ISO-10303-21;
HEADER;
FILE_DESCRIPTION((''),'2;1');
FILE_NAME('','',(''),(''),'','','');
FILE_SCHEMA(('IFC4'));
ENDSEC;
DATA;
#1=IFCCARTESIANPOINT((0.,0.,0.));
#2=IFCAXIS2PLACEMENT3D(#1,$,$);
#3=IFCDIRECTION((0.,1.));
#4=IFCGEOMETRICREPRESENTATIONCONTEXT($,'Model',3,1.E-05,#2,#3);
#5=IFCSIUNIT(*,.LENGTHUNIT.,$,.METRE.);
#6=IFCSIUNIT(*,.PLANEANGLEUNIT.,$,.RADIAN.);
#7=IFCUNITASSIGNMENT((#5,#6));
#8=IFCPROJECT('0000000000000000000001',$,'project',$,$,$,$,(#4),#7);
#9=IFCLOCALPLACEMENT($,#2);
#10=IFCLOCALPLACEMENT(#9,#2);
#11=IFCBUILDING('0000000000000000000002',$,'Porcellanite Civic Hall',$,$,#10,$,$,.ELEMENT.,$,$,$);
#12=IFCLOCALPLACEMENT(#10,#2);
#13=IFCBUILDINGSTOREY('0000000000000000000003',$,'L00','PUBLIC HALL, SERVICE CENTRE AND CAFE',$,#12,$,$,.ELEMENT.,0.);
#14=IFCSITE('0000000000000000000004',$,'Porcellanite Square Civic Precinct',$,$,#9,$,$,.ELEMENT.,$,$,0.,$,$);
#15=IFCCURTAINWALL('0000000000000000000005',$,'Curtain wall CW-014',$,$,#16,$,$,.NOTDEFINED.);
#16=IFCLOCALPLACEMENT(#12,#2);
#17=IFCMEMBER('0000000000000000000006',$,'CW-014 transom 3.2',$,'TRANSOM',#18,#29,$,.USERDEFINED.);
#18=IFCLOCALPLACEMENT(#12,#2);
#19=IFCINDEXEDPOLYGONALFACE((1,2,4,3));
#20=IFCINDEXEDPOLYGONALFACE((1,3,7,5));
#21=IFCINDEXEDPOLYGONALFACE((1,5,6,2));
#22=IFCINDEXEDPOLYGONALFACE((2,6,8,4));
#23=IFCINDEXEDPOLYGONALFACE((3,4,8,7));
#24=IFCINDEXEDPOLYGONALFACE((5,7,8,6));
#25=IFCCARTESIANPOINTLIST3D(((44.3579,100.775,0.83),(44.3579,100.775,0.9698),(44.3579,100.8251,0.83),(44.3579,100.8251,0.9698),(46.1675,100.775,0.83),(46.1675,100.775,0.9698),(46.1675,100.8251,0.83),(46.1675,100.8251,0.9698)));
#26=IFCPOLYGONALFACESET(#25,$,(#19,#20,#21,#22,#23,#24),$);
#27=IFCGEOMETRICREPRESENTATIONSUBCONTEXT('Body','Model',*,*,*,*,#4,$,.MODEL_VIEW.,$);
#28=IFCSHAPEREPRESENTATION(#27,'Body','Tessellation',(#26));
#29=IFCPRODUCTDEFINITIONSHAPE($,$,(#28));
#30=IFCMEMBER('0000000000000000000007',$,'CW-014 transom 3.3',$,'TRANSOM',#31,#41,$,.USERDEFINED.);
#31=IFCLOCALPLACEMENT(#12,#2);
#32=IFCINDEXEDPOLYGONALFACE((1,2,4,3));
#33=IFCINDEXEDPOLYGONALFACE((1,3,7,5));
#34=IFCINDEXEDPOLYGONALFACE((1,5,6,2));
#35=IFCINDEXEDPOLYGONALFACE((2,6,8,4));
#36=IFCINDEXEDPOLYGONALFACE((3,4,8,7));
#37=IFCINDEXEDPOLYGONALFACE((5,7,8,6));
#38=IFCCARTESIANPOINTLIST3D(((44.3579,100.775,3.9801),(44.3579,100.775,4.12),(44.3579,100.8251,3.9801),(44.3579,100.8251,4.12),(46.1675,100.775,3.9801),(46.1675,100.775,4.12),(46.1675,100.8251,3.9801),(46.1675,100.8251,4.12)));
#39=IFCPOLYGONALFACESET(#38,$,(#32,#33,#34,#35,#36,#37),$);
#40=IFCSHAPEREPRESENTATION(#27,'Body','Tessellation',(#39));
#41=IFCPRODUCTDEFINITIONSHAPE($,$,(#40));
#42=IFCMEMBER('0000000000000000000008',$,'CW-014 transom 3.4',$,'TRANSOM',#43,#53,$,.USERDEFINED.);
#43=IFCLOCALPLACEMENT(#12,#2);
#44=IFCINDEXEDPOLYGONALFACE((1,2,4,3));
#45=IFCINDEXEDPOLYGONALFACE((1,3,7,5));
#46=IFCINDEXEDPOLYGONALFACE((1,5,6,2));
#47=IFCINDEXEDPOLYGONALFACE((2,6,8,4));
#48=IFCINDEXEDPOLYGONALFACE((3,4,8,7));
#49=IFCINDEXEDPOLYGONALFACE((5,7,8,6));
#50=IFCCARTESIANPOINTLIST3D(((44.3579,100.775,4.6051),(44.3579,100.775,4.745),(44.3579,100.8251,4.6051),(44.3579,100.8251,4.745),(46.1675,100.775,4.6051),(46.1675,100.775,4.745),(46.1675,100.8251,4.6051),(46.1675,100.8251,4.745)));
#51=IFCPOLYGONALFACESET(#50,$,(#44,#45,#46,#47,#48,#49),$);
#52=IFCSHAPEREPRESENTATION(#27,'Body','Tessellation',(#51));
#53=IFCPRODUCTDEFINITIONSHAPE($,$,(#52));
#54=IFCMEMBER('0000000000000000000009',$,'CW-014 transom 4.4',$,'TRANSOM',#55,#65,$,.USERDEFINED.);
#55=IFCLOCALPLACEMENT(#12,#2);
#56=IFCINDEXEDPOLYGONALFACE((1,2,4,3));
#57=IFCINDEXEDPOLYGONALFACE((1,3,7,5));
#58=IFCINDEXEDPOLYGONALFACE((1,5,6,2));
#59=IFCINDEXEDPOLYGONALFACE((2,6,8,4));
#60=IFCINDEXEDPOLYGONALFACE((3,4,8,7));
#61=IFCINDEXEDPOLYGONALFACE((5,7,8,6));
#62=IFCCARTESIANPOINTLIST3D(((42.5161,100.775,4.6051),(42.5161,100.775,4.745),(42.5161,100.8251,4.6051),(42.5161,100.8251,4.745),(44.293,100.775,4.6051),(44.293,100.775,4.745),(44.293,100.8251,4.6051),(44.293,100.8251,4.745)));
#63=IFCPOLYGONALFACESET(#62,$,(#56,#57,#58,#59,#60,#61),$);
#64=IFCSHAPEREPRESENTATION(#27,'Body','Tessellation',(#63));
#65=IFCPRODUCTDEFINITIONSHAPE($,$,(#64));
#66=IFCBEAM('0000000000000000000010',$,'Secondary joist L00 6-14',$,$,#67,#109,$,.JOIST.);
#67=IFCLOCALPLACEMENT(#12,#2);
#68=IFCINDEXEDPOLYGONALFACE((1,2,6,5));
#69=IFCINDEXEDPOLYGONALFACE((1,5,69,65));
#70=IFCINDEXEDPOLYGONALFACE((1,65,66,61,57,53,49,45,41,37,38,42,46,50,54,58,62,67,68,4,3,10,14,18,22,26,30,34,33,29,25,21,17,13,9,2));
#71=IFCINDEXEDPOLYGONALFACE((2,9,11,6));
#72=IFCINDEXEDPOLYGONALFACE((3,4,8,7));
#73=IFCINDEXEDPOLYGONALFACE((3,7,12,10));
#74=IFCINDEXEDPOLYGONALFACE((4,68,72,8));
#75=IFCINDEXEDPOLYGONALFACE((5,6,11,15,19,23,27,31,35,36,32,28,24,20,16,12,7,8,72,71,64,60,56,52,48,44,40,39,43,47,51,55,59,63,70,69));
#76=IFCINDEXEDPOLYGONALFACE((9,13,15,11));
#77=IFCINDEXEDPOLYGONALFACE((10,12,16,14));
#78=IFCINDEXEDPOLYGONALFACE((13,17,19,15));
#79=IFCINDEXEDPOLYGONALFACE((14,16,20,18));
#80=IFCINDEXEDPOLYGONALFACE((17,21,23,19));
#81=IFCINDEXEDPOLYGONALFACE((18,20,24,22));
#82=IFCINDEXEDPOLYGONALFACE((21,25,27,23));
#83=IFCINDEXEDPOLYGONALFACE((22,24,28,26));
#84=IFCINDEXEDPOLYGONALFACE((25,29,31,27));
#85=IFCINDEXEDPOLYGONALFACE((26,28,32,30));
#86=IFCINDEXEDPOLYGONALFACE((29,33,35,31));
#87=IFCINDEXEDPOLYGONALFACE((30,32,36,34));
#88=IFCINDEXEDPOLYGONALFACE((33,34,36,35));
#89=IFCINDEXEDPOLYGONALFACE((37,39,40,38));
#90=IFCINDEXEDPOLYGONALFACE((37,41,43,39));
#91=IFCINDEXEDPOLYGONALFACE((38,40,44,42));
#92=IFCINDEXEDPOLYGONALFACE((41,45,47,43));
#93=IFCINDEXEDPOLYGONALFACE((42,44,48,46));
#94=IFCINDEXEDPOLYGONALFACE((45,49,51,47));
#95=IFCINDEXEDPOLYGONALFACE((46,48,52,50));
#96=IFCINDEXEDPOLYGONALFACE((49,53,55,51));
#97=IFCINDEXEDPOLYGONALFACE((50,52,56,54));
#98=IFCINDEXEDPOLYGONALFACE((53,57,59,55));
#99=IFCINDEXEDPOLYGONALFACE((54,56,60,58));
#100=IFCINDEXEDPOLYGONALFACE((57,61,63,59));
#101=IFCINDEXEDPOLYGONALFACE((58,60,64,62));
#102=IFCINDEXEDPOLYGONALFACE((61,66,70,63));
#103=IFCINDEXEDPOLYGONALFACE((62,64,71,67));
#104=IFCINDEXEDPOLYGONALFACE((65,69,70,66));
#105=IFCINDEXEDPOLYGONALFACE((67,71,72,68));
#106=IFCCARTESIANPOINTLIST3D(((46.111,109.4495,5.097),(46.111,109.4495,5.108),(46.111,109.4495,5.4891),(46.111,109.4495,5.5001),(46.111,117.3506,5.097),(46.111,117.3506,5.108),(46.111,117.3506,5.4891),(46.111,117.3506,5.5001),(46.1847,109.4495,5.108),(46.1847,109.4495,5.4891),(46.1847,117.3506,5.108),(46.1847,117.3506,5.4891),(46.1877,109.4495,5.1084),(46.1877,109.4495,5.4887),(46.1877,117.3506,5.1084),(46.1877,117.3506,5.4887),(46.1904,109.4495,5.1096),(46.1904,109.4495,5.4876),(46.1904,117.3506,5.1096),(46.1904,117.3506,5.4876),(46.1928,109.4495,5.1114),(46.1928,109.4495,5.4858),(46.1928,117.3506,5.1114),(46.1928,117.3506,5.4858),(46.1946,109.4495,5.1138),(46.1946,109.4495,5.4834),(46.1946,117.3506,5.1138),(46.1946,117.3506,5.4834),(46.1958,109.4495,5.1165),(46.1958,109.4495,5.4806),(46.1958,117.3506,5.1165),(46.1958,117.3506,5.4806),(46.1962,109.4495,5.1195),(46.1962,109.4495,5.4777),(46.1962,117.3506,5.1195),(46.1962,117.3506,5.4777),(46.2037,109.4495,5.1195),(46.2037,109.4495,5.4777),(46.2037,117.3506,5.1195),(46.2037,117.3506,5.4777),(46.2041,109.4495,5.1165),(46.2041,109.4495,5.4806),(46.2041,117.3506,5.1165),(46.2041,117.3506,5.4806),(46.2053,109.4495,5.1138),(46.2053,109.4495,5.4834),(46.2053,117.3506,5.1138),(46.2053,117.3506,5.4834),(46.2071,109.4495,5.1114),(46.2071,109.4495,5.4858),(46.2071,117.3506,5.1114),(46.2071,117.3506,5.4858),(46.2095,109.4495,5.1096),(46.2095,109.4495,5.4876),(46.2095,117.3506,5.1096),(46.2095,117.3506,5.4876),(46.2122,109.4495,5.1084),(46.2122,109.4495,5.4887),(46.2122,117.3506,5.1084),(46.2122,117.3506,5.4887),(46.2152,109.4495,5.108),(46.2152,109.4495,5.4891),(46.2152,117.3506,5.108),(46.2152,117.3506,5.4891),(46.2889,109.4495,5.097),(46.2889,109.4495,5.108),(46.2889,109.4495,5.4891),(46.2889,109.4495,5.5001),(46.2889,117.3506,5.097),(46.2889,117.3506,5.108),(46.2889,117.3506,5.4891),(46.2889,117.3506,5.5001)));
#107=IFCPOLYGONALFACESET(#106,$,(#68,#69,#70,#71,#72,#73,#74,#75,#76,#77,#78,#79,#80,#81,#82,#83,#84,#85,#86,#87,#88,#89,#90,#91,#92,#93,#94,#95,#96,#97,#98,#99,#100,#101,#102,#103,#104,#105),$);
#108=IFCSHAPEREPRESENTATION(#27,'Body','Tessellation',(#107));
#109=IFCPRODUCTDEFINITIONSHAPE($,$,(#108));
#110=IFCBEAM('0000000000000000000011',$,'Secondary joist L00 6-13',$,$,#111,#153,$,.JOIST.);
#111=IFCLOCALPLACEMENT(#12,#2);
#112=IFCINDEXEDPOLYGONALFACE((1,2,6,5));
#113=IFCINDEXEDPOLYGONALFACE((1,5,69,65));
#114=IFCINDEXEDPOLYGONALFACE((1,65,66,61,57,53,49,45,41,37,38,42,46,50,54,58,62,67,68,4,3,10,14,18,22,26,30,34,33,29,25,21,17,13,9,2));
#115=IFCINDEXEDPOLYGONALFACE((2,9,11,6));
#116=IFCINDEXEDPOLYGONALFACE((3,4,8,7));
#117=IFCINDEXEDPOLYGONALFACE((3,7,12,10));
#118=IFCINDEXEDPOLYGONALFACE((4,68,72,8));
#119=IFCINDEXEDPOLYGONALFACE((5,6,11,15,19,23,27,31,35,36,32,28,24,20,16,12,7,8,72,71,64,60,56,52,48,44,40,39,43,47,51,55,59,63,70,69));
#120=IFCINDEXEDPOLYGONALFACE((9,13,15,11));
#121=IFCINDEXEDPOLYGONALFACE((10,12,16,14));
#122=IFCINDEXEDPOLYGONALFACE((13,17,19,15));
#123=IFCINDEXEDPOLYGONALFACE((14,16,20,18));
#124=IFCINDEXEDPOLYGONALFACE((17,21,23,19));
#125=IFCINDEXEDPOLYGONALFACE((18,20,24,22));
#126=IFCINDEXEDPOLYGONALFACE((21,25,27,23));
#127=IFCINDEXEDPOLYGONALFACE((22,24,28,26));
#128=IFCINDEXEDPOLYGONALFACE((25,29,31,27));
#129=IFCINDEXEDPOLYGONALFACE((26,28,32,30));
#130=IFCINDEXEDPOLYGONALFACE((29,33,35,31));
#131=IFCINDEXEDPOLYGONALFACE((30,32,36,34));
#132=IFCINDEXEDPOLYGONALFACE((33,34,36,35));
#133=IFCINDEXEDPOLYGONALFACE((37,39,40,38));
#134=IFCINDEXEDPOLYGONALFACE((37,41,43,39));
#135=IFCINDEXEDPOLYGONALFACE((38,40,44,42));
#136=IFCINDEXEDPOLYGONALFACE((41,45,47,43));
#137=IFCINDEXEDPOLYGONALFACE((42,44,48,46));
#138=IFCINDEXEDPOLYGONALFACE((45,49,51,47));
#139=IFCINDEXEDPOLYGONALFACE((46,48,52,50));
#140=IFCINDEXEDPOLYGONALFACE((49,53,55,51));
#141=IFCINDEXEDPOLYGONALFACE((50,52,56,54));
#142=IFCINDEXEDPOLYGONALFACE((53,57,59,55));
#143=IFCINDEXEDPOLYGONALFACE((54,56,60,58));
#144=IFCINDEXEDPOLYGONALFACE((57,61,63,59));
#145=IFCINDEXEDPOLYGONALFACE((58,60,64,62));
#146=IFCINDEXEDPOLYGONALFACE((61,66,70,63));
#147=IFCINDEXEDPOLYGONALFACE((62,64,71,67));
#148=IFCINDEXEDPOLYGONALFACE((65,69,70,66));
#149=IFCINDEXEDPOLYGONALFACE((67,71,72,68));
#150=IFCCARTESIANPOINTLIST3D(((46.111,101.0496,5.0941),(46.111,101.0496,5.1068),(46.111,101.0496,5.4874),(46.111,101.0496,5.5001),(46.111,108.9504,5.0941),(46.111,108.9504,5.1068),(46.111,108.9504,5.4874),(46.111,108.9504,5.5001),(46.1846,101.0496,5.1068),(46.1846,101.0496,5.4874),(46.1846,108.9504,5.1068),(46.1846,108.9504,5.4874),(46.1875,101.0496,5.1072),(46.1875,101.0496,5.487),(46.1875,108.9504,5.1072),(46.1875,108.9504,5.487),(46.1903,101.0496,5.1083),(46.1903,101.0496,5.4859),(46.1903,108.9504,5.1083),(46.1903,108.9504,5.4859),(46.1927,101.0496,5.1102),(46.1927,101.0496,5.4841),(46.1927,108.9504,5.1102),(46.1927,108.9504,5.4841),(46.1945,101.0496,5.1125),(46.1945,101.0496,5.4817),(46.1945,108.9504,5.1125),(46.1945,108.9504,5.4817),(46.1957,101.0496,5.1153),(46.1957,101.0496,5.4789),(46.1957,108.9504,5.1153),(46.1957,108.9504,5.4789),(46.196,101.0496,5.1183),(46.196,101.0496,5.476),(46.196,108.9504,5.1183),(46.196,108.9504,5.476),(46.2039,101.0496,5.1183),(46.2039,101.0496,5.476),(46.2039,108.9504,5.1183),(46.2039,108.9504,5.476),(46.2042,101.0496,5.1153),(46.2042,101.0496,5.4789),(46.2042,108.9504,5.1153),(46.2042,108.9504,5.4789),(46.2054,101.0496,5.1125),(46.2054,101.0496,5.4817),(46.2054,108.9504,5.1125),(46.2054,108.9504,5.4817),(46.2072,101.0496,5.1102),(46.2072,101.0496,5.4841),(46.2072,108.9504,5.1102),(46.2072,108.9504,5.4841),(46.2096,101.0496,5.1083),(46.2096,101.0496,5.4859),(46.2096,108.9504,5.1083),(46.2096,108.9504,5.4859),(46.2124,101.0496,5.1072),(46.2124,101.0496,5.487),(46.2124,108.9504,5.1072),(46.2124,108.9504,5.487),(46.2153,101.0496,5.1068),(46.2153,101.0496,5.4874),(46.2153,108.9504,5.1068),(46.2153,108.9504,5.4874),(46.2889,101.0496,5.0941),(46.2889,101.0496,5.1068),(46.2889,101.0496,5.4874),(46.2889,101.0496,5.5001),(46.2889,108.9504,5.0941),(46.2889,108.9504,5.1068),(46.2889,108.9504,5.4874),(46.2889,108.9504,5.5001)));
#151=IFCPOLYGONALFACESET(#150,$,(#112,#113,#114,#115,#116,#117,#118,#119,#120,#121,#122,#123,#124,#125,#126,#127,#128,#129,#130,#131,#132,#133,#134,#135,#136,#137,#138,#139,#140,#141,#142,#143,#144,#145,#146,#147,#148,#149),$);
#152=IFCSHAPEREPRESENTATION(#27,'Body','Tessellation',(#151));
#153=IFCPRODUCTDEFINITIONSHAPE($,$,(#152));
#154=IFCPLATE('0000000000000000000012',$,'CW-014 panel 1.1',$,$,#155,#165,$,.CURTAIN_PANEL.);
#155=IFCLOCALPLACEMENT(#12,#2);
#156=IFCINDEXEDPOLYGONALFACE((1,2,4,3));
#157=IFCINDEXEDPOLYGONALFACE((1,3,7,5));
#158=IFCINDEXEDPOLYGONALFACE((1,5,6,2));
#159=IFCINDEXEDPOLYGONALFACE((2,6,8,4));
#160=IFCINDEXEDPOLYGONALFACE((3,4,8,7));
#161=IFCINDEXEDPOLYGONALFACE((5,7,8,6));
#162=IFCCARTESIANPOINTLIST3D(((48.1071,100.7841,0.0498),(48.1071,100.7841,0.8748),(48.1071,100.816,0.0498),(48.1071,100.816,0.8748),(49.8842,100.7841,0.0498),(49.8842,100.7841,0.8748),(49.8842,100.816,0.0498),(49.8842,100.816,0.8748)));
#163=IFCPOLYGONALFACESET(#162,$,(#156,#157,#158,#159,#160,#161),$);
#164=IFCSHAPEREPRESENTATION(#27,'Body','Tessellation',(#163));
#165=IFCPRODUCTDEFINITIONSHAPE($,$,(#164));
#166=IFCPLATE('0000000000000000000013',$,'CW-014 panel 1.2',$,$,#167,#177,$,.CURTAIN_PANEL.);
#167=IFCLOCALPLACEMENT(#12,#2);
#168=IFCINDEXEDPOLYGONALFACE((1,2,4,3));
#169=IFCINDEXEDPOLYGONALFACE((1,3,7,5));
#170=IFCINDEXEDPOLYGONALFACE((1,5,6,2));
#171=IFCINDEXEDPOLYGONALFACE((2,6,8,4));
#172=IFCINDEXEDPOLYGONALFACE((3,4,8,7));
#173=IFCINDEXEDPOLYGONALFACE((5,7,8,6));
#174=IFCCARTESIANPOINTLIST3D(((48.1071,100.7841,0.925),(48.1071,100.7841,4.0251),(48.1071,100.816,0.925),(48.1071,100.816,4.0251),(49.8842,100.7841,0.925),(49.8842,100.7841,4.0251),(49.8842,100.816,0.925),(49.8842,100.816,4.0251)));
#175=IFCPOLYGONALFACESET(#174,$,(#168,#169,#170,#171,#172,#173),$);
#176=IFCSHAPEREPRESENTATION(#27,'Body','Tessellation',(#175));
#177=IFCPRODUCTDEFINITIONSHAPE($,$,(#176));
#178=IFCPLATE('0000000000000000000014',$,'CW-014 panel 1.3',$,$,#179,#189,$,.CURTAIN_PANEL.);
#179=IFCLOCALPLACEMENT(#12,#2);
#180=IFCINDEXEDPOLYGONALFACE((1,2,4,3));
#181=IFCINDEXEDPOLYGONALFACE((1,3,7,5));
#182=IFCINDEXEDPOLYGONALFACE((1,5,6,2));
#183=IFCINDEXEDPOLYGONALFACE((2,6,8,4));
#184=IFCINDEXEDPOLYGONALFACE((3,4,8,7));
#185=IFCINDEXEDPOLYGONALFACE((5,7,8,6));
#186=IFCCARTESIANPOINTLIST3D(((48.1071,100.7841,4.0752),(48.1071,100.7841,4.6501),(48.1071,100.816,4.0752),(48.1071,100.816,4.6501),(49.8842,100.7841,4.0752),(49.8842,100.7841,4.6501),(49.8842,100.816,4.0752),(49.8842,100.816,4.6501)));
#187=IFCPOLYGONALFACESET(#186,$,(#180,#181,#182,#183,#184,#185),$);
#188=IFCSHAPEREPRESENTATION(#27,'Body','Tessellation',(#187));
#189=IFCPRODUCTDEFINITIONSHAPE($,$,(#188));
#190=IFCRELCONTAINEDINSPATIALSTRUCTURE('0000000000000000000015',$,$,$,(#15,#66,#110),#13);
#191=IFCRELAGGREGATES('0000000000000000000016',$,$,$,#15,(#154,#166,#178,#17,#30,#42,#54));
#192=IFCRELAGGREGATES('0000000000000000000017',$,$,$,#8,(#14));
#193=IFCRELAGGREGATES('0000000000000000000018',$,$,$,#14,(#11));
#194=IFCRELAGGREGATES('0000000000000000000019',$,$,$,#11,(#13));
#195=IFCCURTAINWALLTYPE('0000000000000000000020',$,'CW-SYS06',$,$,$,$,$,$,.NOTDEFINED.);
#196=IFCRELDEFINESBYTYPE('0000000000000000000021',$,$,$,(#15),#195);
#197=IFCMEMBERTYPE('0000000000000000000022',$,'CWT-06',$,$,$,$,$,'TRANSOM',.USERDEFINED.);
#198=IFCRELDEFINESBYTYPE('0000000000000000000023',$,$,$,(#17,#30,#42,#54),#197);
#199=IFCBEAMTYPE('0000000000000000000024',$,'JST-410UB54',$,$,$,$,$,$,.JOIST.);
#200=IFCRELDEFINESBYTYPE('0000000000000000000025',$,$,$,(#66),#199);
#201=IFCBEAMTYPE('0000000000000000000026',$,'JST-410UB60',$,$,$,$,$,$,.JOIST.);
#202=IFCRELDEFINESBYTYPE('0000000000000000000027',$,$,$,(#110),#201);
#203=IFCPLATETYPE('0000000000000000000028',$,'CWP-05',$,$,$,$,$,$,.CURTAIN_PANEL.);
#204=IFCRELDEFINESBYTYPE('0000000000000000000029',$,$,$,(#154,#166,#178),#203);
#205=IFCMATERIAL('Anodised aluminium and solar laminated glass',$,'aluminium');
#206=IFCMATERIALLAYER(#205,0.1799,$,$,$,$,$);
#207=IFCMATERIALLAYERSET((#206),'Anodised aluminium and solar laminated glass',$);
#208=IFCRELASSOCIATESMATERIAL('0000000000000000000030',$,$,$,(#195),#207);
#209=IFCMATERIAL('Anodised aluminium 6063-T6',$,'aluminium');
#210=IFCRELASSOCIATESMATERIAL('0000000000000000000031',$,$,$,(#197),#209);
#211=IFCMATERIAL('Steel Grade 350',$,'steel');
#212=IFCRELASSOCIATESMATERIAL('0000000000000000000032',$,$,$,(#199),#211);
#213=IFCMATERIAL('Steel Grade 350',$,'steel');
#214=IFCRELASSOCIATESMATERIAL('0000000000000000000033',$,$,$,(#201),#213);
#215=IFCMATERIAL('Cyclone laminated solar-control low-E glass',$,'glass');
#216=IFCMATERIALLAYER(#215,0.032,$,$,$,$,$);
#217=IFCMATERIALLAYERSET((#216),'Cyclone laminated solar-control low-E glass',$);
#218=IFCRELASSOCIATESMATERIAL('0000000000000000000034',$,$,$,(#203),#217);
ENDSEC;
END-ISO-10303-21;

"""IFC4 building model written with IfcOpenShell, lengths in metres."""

from ifc_helpers import new_model, si_unit, direction, frame, origin, origin_2d, place, context, subcontext, project, spatial, rectangle, i_section, extrude, material, layer, layer_set, material_profile, profile_set, type_object, element, aggregate, save


model = new_model("IFC4")

# Units and contexts
model_context = context("Model", 3, precision=1e-05, world=origin(), true_north=direction((0.0, 1.0)))
body_context = subcontext(model_context, "Body", "Model", "MODEL_VIEW")
ifc_project = project(units=[si_unit("LENGTHUNIT", "METRE"), si_unit("PLANEANGLEUNIT", "RADIAN")], contexts=[model_context])

# Site, building, storey
site_placement = place(None, origin())
site = spatial("IfcSite", under=ifc_project, at=site_placement, Name="Porcellanite Square Civic Precinct", CompositionType="ELEMENT", RefElevation=0.0)
building_placement = place(site_placement, origin())
building = spatial("IfcBuilding", under=site, at=building_placement, Name="Porcellanite Civic Hall", CompositionType="ELEMENT")
storey_placement = place(building_placement, origin())
storey = spatial("IfcBuildingStorey", under=building, at=storey_placement, Name="L00", Description="PUBLIC HALL, SERVICE CENTRE AND CAFE", CompositionType="ELEMENT", Elevation=0.0)

# Curtain wall
ifc_material_1 = material(Name="Anodised aluminium and solar laminated glass", Category="aluminium")
ifc_layer_1 = layer(ifc_material_1, 0.1799)
ifc_layer_set_1 = layer_set([ifc_layer_1], Name="Anodised aluminium and solar laminated glass")
curtain_wall_type_1 = type_object("IfcCurtainWallType", Name="CW-SYS06", PredefinedType="NOTDEFINED", material=ifc_layer_set_1)
curtain_wall_1_placement = place(storey_placement, origin())
curtain_wall_1 = element("IfcCurtainWall", 1, at=curtain_wall_1_placement, inside=storey, type_object=curtain_wall_type_1, Name="Curtain wall CW-014", PredefinedType="NOTDEFINED")

# Members
ifc_material_2 = material(Name="Anodised aluminium 6063-T6", Category="aluminium")
ifc_material_profile_1 = material_profile(ifc_material_2, rectangle(XDim=0.05, YDim=0.1399, at=origin_2d()), Name="AL-50x140")
ifc_profile_set_1 = profile_set([ifc_material_profile_1], Name="Anodised aluminium 6063-T6")
member_type_1 = type_object("IfcMemberType", Name="CWT-06", ElementType="TRANSOM", PredefinedType="USERDEFINED", material=ifc_profile_set_1)
member_1_placement = place(storey_placement, frame((46.1675, 100.8, 0.8999), z_axis=(-1.0, 0.0, 0.0), x_axis=(0.0, -1.0, 0.0)))
member_1 = element("IfcMember", 2, at=member_1_placement, type_object=member_type_1, Name="CW-014 transom 3.2", ObjectType="TRANSOM", PredefinedType="USERDEFINED", context=body_context, shape_type="SweptSolid", body=[
    extrude(rectangle(XDim=0.05, YDim=0.1399, at=origin_2d()), origin(), (0.0, 0.0, 1.0), 1.8096),
])
member_2_placement = place(storey_placement, frame((46.1675, 100.8, 4.05), z_axis=(-1.0, 0.0, 0.0), x_axis=(0.0, -1.0, 0.0)))
member_2 = element("IfcMember", 3, at=member_2_placement, type_object=member_type_1, Name="CW-014 transom 3.3", ObjectType="TRANSOM", PredefinedType="USERDEFINED", context=body_context, shape_type="SweptSolid", body=[
    extrude(rectangle(XDim=0.05, YDim=0.1399, at=origin_2d()), origin(), (0.0, 0.0, 1.0), 1.8096),
])
member_3_placement = place(storey_placement, frame((46.1675, 100.8, 4.675), z_axis=(-1.0, 0.0, 0.0), x_axis=(0.0, -1.0, 0.0)))
member_3 = element("IfcMember", 4, at=member_3_placement, type_object=member_type_1, Name="CW-014 transom 3.4", ObjectType="TRANSOM", PredefinedType="USERDEFINED", context=body_context, shape_type="SweptSolid", body=[
    extrude(rectangle(XDim=0.05, YDim=0.1399, at=origin_2d()), origin(), (0.0, 0.0, 1.0), 1.8096),
])
member_4_placement = place(storey_placement, frame((44.293, 100.8, 4.675), z_axis=(-1.0, 0.0, 0.0), x_axis=(0.0, -1.0, 0.0)))
member_4 = element("IfcMember", 5, at=member_4_placement, type_object=member_type_1, Name="CW-014 transom 4.4", ObjectType="TRANSOM", PredefinedType="USERDEFINED", context=body_context, shape_type="SweptSolid", body=[
    extrude(rectangle(XDim=0.05, YDim=0.1399, at=origin_2d()), origin(), (0.0, 0.0, 1.0), 1.7769),
])

# Beams
ifc_material_3 = material(Name="Steel Grade 350", Category="steel")
ifc_material_profile_2 = material_profile(ifc_material_3, i_section(OverallWidth=0.178, OverallDepth=0.4031, WebThickness=0.0076, FlangeThickness=0.011, FilletRadius=0.0115, at=origin_2d()), Name="410UB53.7")
ifc_profile_set_2 = profile_set([ifc_material_profile_2], Name="Steel Grade 350")
beam_type_1 = type_object("IfcBeamType", Name="JST-410UB54", PredefinedType="JOIST", material=ifc_profile_set_2)
beam_1_placement = place(storey_placement, frame((46.2, 109.4495, 5.2986), z_axis=(0.0, 1.0, 0.0), x_axis=(-1.0, 0.0, 0.0)))
element("IfcBeam", 6, at=beam_1_placement, inside=storey, type_object=beam_type_1, Name="Secondary joist L00 6-14", PredefinedType="JOIST", context=body_context, shape_type="SweptSolid", body=[
    extrude(i_section(OverallWidth=0.178, OverallDepth=0.4031, WebThickness=0.0076, FlangeThickness=0.011, FilletRadius=0.0115, at=origin_2d()), origin(), (0.0, 0.0, 1.0), 7.9011),
])
ifc_material_4 = material(Name="Steel Grade 350", Category="steel")
ifc_material_profile_3 = material_profile(ifc_material_4, i_section(OverallWidth=0.178, OverallDepth=0.406, WebThickness=0.0078, FlangeThickness=0.0127, FilletRadius=0.0115, at=origin_2d()), Name="410UB59.7")
ifc_profile_set_3 = profile_set([ifc_material_profile_3], Name="Steel Grade 350")
beam_type_2 = type_object("IfcBeamType", Name="JST-410UB60", PredefinedType="JOIST", material=ifc_profile_set_3)
beam_2_placement = place(storey_placement, frame((46.2, 101.0496, 5.2971), z_axis=(0.0, 1.0, 0.0), x_axis=(-1.0, 0.0, 0.0)))
element("IfcBeam", 7, at=beam_2_placement, inside=storey, type_object=beam_type_2, Name="Secondary joist L00 6-13", PredefinedType="JOIST", context=body_context, shape_type="SweptSolid", body=[
    extrude(i_section(OverallWidth=0.178, OverallDepth=0.406, WebThickness=0.0078, FlangeThickness=0.0127, FilletRadius=0.0115, at=origin_2d()), origin(), (0.0, 0.0, 1.0), 7.9009),
])

# Plates
ifc_material_5 = material(Name="Cyclone laminated solar-control low-E glass", Category="glass")
ifc_layer_2 = layer(ifc_material_5, 0.032)
ifc_layer_set_2 = layer_set([ifc_layer_2], Name="Cyclone laminated solar-control low-E glass")
plate_type_1 = type_object("IfcPlateType", Name="CWP-05", PredefinedType="CURTAIN_PANEL", material=ifc_layer_set_2)
plate_1_placement = place(storey_placement, frame((48.9956, 100.8, 0.0498), z_axis=(0.0, 0.0, 1.0), x_axis=(-1.0, 0.0, 0.0)))
plate_1 = element("IfcPlate", 8, at=plate_1_placement, type_object=plate_type_1, Name="CW-014 panel 1.1", PredefinedType="CURTAIN_PANEL", context=body_context, shape_type="SweptSolid", body=[
    extrude(rectangle(XDim=1.7771, YDim=0.032, at=origin_2d()), origin(), (0.0, 0.0, 1.0), 0.825),
])
plate_2_placement = place(storey_placement, frame((48.9956, 100.8, 0.925), z_axis=(0.0, 0.0, 1.0), x_axis=(-1.0, 0.0, 0.0)))
plate_2 = element("IfcPlate", 9, at=plate_2_placement, type_object=plate_type_1, Name="CW-014 panel 1.2", PredefinedType="CURTAIN_PANEL", context=body_context, shape_type="SweptSolid", body=[
    extrude(rectangle(XDim=1.7771, YDim=0.032, at=origin_2d()), origin(), (0.0, 0.0, 1.0), 3.1001),
])
plate_3_placement = place(storey_placement, frame((48.9956, 100.8, 4.0752), z_axis=(0.0, 0.0, 1.0), x_axis=(-1.0, 0.0, 0.0)))
plate_3 = element("IfcPlate", 10, at=plate_3_placement, type_object=plate_type_1, Name="CW-014 panel 1.3", PredefinedType="CURTAIN_PANEL", context=body_context, shape_type="SweptSolid", body=[
    extrude(rectangle(XDim=1.7771, YDim=0.032, at=origin_2d()), origin(), (0.0, 0.0, 1.0), 0.575),
])
aggregate(curtain_wall_1, [plate_1, plate_2, plate_3, member_1, member_2, member_3, member_4])

save(model, "model.ifc")
